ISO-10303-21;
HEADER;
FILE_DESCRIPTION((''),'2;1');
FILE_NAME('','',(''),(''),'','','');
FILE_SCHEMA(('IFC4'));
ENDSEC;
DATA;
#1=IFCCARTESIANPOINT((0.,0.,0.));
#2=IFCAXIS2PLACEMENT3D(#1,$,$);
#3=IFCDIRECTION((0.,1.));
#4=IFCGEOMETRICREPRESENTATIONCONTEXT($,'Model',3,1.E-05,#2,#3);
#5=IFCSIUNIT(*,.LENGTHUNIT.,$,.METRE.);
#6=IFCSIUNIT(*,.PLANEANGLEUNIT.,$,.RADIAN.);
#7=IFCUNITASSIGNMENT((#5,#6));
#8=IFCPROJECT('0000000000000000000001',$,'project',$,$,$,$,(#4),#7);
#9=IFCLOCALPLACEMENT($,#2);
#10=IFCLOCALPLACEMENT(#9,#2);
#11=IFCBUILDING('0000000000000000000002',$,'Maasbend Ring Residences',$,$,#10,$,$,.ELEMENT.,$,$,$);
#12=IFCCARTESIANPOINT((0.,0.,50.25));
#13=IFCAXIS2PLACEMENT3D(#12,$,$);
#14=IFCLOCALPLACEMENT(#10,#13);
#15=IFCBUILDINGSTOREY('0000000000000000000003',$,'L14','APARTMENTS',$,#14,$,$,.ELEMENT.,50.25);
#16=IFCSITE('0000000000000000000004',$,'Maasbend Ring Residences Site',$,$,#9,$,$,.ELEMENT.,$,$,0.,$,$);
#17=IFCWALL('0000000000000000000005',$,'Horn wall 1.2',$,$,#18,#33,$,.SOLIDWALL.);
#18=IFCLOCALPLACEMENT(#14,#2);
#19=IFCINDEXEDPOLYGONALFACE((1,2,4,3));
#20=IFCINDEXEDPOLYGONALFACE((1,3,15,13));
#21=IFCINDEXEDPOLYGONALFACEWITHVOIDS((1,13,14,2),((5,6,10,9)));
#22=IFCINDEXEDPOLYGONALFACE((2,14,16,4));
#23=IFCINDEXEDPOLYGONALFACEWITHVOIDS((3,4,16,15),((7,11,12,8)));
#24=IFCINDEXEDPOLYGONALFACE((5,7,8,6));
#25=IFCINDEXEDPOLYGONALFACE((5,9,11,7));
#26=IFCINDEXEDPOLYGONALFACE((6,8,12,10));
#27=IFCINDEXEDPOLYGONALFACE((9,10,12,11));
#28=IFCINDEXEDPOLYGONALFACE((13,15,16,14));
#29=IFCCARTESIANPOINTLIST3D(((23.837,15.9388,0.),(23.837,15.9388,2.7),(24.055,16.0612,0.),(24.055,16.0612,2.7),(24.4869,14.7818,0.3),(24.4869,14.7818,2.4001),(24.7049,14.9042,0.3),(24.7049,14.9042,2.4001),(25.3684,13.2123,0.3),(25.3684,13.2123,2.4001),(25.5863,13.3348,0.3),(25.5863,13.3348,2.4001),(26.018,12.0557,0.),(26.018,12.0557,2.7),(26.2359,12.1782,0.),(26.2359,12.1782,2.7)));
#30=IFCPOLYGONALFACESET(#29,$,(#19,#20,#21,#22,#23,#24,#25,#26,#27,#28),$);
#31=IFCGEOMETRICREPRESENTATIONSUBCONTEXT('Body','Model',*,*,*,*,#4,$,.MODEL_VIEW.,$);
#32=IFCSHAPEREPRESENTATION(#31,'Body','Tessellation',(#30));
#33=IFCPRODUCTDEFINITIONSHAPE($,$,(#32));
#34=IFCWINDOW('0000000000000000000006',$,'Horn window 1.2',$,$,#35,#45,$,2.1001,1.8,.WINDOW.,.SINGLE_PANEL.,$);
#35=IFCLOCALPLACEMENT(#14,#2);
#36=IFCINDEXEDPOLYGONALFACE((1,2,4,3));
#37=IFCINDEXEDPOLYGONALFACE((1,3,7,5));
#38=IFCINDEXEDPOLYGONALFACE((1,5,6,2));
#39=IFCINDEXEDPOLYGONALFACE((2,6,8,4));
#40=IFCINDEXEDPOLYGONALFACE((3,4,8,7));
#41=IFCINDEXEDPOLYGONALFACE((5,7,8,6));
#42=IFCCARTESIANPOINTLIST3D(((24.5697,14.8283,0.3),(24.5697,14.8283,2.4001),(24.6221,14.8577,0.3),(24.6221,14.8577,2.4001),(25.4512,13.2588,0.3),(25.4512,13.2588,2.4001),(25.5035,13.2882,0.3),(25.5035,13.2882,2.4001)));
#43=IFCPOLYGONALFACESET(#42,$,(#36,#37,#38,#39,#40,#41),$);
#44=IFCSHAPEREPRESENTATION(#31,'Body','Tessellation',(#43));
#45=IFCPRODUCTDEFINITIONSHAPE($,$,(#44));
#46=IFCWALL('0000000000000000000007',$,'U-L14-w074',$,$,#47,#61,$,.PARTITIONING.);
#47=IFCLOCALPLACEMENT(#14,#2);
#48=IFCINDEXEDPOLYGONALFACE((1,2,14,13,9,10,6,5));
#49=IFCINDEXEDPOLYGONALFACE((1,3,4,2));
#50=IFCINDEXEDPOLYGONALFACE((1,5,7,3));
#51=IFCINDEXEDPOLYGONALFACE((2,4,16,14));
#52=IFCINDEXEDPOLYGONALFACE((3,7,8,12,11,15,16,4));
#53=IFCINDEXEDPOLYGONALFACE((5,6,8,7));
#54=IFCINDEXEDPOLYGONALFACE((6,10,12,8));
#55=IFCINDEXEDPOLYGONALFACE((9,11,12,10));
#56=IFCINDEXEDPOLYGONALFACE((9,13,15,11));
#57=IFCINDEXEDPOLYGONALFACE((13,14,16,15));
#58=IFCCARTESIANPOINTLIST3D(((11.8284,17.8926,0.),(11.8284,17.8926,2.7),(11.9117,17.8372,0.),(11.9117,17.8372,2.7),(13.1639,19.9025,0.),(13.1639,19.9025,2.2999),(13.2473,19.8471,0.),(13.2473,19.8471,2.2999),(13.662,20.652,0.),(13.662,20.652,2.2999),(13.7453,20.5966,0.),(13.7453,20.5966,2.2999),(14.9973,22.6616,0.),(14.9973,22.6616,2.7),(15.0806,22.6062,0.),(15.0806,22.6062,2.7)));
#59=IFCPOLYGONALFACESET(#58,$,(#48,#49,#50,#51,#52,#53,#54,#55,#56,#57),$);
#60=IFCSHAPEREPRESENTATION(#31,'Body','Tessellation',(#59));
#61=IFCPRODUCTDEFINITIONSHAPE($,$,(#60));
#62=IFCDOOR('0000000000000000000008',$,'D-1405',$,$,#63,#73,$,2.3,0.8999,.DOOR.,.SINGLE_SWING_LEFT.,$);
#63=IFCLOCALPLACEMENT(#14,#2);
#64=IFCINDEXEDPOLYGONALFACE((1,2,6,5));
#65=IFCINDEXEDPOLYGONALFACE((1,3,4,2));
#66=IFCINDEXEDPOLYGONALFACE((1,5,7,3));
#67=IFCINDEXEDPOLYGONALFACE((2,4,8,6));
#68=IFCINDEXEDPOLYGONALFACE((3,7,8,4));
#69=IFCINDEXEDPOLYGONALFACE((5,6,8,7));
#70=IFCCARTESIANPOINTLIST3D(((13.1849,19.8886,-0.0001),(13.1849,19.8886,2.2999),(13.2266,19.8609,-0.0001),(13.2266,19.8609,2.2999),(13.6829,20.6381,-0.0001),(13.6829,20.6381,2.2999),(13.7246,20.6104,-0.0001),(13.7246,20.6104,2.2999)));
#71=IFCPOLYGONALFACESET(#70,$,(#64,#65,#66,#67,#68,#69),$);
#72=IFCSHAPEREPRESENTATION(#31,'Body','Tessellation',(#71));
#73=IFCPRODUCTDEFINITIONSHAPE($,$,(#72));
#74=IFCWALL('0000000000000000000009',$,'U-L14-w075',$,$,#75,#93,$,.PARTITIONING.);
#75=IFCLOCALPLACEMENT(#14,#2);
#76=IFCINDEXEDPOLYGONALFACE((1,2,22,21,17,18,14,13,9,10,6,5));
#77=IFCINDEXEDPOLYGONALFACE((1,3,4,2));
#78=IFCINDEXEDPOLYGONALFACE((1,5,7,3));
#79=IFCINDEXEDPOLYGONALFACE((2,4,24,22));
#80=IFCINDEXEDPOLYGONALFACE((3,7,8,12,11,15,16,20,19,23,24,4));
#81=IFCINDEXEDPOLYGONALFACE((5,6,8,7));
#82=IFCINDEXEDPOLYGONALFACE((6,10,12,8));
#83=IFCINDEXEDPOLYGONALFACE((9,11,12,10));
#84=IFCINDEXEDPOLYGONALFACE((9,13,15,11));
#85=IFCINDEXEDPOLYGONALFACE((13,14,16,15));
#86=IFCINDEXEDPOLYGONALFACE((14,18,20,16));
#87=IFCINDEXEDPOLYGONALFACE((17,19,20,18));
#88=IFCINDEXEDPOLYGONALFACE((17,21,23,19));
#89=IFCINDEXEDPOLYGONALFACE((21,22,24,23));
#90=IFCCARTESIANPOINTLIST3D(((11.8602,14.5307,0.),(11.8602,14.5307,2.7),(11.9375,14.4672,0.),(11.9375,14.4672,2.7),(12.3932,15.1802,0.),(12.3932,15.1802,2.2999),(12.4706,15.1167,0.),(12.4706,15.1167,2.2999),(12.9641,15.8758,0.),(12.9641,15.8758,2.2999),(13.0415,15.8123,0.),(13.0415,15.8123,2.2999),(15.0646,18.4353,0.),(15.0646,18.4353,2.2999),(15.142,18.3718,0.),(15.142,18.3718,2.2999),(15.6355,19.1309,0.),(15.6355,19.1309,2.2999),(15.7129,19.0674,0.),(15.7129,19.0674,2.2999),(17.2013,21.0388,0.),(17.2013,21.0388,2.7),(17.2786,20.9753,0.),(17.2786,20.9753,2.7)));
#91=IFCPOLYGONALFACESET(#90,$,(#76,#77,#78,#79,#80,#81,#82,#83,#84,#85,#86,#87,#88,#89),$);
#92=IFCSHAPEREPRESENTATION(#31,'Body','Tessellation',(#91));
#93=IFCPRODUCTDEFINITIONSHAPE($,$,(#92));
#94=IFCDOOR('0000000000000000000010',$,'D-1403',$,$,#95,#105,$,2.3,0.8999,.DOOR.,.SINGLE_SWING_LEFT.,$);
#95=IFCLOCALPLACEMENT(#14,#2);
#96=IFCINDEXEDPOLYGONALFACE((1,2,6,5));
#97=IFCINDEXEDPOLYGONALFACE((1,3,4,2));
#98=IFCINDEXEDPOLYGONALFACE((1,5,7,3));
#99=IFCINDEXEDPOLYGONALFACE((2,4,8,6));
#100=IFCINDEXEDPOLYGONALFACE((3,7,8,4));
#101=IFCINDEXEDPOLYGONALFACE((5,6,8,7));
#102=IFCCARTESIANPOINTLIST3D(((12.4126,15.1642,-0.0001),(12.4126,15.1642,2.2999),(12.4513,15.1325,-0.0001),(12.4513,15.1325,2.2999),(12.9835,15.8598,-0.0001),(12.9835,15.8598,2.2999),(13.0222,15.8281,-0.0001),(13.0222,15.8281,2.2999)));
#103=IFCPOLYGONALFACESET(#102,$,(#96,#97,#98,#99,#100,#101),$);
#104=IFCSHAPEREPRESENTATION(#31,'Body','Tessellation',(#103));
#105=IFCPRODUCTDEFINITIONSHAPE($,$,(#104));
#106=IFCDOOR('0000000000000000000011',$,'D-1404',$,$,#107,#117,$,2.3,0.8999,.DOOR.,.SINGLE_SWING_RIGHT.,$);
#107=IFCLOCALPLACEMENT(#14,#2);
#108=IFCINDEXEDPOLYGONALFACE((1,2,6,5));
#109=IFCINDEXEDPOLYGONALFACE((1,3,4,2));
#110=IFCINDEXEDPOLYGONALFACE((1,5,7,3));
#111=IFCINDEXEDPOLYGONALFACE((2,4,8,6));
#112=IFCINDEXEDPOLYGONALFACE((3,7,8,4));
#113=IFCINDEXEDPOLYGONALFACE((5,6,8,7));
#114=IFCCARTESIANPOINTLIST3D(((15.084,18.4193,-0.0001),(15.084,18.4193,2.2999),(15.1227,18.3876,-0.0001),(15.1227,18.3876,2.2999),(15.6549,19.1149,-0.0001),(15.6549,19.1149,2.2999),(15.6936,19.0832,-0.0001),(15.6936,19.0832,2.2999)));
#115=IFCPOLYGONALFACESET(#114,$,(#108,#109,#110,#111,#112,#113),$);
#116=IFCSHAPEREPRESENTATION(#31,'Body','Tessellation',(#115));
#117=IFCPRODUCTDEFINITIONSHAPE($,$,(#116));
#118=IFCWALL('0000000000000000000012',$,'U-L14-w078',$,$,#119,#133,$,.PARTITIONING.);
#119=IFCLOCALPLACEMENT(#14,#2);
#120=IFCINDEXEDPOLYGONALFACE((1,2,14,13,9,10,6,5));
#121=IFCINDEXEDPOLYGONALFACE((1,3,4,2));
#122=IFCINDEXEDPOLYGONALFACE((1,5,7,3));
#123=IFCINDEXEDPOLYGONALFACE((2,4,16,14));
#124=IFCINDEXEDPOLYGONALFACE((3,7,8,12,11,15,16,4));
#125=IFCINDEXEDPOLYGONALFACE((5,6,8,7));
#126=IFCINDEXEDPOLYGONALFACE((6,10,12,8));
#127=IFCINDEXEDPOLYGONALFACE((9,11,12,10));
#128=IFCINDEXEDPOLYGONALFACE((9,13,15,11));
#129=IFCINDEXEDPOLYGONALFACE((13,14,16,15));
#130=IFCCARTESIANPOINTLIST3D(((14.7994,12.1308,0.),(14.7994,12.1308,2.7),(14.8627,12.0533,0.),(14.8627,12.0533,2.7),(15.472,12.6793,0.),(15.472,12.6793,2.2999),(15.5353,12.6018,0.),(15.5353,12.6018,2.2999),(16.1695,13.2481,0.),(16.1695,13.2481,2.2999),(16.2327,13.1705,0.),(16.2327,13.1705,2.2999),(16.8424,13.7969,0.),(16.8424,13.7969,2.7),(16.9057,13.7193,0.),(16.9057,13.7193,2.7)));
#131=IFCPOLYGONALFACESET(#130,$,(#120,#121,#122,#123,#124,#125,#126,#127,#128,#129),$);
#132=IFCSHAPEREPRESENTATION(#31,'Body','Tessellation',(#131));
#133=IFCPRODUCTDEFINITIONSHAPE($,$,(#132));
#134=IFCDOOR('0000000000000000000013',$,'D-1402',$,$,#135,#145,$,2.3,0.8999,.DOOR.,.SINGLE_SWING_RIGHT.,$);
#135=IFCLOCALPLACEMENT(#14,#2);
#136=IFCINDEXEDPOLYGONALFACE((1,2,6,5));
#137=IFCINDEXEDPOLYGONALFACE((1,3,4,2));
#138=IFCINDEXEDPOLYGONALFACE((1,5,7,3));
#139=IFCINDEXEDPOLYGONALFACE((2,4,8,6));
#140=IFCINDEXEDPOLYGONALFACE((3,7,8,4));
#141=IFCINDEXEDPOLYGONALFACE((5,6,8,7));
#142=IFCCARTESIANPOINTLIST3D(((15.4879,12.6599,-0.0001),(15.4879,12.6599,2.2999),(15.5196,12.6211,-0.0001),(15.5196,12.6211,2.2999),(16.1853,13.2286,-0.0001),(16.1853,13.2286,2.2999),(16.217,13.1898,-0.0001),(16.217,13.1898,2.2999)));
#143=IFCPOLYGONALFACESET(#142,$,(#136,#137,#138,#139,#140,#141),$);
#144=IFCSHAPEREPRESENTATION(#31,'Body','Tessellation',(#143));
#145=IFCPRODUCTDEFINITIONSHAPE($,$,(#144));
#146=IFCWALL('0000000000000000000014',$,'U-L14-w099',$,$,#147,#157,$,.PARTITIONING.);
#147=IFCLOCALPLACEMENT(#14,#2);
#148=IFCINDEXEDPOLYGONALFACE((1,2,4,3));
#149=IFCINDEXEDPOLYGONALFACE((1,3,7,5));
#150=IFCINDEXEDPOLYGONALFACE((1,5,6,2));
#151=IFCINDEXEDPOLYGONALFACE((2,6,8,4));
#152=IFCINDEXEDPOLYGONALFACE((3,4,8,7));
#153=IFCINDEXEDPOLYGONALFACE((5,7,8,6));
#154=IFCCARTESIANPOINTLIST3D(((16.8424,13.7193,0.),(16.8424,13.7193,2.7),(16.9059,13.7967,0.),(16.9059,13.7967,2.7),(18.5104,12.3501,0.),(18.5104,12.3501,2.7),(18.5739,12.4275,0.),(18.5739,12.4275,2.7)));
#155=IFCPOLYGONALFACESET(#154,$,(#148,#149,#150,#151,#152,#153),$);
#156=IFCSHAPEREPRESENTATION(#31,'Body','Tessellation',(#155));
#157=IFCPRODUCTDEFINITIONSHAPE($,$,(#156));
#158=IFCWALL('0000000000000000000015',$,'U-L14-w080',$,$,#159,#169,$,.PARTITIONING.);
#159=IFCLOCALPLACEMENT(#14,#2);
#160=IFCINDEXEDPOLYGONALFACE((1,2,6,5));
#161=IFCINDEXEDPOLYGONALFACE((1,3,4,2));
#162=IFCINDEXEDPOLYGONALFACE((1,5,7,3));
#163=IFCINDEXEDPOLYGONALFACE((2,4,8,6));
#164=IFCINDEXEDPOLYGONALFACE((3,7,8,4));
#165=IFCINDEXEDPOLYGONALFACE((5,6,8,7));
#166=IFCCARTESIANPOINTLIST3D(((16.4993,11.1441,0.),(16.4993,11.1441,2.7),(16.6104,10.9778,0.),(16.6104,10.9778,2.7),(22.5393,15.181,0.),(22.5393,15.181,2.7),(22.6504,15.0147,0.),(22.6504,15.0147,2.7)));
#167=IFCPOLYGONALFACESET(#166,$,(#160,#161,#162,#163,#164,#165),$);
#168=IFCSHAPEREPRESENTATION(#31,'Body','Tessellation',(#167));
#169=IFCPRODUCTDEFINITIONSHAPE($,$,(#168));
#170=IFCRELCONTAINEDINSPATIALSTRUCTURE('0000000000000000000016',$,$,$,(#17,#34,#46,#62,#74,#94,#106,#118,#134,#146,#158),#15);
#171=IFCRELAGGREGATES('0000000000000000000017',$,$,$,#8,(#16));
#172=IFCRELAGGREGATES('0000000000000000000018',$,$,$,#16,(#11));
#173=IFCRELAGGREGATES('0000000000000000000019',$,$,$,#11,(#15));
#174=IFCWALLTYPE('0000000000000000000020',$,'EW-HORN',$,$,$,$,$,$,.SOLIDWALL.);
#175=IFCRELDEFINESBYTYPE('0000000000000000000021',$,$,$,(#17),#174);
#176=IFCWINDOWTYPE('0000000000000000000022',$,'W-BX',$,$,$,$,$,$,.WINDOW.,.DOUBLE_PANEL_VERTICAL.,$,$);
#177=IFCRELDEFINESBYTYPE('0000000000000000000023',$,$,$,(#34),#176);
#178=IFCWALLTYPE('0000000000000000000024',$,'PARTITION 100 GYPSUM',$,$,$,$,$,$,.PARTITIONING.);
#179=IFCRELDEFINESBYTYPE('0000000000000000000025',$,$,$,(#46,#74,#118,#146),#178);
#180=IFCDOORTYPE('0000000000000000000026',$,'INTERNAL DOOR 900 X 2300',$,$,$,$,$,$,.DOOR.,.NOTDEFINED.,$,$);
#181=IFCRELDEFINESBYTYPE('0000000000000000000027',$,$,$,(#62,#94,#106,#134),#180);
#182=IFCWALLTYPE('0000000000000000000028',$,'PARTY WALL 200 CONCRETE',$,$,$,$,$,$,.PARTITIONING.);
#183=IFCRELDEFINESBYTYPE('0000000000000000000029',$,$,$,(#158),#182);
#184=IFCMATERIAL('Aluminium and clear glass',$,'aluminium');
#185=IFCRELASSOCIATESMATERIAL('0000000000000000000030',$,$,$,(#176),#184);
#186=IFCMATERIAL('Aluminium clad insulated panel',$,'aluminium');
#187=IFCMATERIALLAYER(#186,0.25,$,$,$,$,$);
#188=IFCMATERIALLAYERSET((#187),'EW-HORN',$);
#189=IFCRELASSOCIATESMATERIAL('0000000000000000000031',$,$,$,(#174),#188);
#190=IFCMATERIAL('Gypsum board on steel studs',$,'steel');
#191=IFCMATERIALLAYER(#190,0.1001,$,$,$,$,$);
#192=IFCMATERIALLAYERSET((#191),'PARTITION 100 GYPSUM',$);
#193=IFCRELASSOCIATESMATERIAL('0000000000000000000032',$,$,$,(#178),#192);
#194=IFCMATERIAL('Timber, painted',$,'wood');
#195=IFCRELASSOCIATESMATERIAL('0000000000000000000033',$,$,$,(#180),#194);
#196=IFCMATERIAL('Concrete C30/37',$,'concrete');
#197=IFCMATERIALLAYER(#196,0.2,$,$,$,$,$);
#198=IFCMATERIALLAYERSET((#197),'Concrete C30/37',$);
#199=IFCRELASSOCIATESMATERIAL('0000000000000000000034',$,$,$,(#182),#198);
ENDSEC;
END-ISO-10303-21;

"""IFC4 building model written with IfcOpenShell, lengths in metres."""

from ifc_helpers import new_model, si_unit, direction, frame, frame_2d, origin, place, context, subcontext, project, spatial, rectangle, extrude, material, layer, layer_set, type_object, element, fill, save


model = new_model("IFC4")

# Units and contexts
model_context = context("Model", 3, precision=1e-05, world=origin(), true_north=direction((0.0, 1.0)))
body_context = subcontext(model_context, "Body", "Model", "MODEL_VIEW")
ifc_project = project(units=[si_unit("LENGTHUNIT", "METRE"), si_unit("PLANEANGLEUNIT", "RADIAN")], contexts=[model_context])

# Site, building, storey
site_placement = place(None, origin())
site = spatial("IfcSite", under=ifc_project, at=site_placement, Name="Maasbend Ring Residences Site", CompositionType="ELEMENT", RefElevation=0.0)
building_placement = place(site_placement, origin())
building = spatial("IfcBuilding", under=site, at=building_placement, Name="Maasbend Ring Residences", CompositionType="ELEMENT")
storey_placement = place(building_placement, frame((0.0, 0.0, 50.25)))
storey = spatial("IfcBuildingStorey", under=building, at=storey_placement, Name="L14", Description="APARTMENTS", CompositionType="ELEMENT", Elevation=50.25)

# Shared definitions
ifc_material_1 = material(Name="Aluminium and clear glass", Category="aluminium")
window_type = type_object("IfcWindowType", Name="W-BX", PartitioningType="DOUBLE_PANEL_VERTICAL", PredefinedType="WINDOW", material=ifc_material_1)

# Wall, opening, window
ifc_material_2 = material(Name="Aluminium clad insulated panel", Category="aluminium")
ifc_layer_1 = layer(ifc_material_2, 0.25)
ifc_layer_set_1 = layer_set([ifc_layer_1], Name="EW-HORN")
wall_type_1 = type_object("IfcWallType", Name="EW-HORN", PredefinedType="SOLIDWALL", material=ifc_layer_set_1)
wall_1_placement = place(storey_placement, frame((26.127, 12.1169, 0.0), z_axis=(0.0, 0.0, 1.0), x_axis=(-0.489696, 0.871893, 0.0)))
wall_1 = element("IfcWall", 1, at=wall_1_placement, inside=storey, type_object=wall_type_1, Name="Horn wall 1.2", PredefinedType="SOLIDWALL", context=body_context, shape_type="SweptSolid", body=[
    extrude(rectangle(XDim=4.4536, YDim=0.25, at=frame_2d((2.2268, 0.0))), origin(), (0.0, 0.0, 1.0), 2.7),
])
opening_1_placement = place(wall_1_placement, frame((1.3267, 0.0, 0.3)))
opening_1 = element("IfcOpeningElement", 2, at=opening_1_placement, cuts=wall_1, PredefinedType="OPENING", context=body_context, shape_type="SweptSolid", body=[
    extrude(rectangle(XDim=1.8, YDim=2.1001, at=frame_2d((0.8999, 1.05))), frame((0.0, 0.135, 0.0), z_axis=(0.0, -1.0, 0.0), x_axis=(1.0, 0.0, 0.0)), (0.0, 0.0, 1.0), 0.27),
])
window_1_placement = place(opening_1_placement, origin())
window_1 = element("IfcWindow", 3, at=window_1_placement, inside=storey, type_object=window_type, Name="Horn window 1.2", OverallHeight=2.1001, OverallWidth=1.8, PartitioningType="SINGLE_PANEL", PredefinedType="WINDOW", context=body_context, shape_type="SweptSolid", body=[
    extrude(rectangle(XDim=1.8, YDim=2.1001, at=frame_2d((0.8999, 1.05))), frame((0.0, 0.03, 0.0), z_axis=(0.0, -1.0, 0.0), x_axis=(1.0, 0.0, 0.0)), (0.0, 0.0, 1.0), 0.0601),
])
fill(opening_1, window_1)

# Wall, opening, door
ifc_material_3 = material(Name="Gypsum board on steel studs", Category="steel")
ifc_layer_2 = layer(ifc_material_3, 0.1001)
ifc_layer_set_2 = layer_set([ifc_layer_2], Name="PARTITION 100 GYPSUM")
wall_type_2 = type_object("IfcWallType", Name="PARTITION 100 GYPSUM", PredefinedType="PARTITIONING", material=ifc_layer_set_2)
wall_2_placement = place(storey_placement, frame((11.8701, 17.865, 0.0), z_axis=(0.0, 0.0, 1.0), x_axis=(0.55344, 0.832889, 0.0)))
wall_2 = element("IfcWall", 4, at=wall_2_placement, inside=storey, type_object=wall_type_2, Name="U-L14-w074", PredefinedType="PARTITIONING", context=body_context, shape_type="SweptSolid", body=[
    extrude(rectangle(XDim=5.7258, YDim=0.1001, at=frame_2d((2.8628, 0.0))), origin(), (0.0, 0.0, 1.0), 2.7),
])
opening_2_placement = place(wall_2_placement, frame((2.4131, 0.0, 0.0)))
opening_2 = element("IfcOpeningElement", 5, at=opening_2_placement, cuts=wall_2, PredefinedType="OPENING", context=body_context, shape_type="SweptSolid", body=[
    extrude(rectangle(XDim=0.8999, YDim=2.3, at=frame_2d((0.45, 1.1499))), frame((0.0, 0.0601, 0.0), z_axis=(0.0, -1.0, 0.0), x_axis=(1.0, 0.0, 0.0)), (0.0, 0.0, 1.0), 0.1201),
])
ifc_material_4 = material(Name="Timber, painted", Category="wood")
door_type_1 = type_object("IfcDoorType", Name="INTERNAL DOOR 900 X 2300", OperationType="NOTDEFINED", PredefinedType="DOOR", material=ifc_material_4)
door_1_placement = place(opening_2_placement, origin())
door_1 = element("IfcDoor", 6, at=door_1_placement, inside=storey, type_object=door_type_1, Name="D-1405", OperationType="SINGLE_SWING_LEFT", OverallHeight=2.3, OverallWidth=0.8999, PredefinedType="DOOR", context=body_context, shape_type="SweptSolid", body=[
    extrude(rectangle(XDim=0.8999, YDim=2.3, at=frame_2d((0.45, 1.1499))), frame((0.0, 0.0249, 0.0), z_axis=(0.0, -1.0, 0.0), x_axis=(1.0, 0.0, 0.0)), (0.0, 0.0, 1.0), 0.05),
])
fill(opening_2, door_1)

# Wall, openings, doors
wall_3_placement = place(storey_placement, frame((11.8989, 14.499, 0.0), z_axis=(0.0, 0.0, 1.0), x_axis=(0.634396, 0.773008, 0.0)))
wall_3 = element("IfcWall", 7, at=wall_3_placement, inside=storey, type_object=wall_type_2, Name="U-L14-w075", PredefinedType="PARTITIONING", context=body_context, shape_type="SweptSolid", body=[
    extrude(rectangle(XDim=8.4192, YDim=0.1001, at=frame_2d((4.2095, 0.0))), origin(), (0.0, 0.0, 1.0), 2.7),
])
opening_3_placement = place(wall_3_placement, frame((0.8401, 0.0, 0.0)))
opening_3 = element("IfcOpeningElement", 8, at=opening_3_placement, cuts=wall_3, PredefinedType="OPENING", context=body_context, shape_type="SweptSolid", body=[
    extrude(rectangle(XDim=0.8999, YDim=2.3, at=frame_2d((0.45, 1.1499))), frame((0.0, 0.0601, 0.0), z_axis=(0.0, -1.0, 0.0), x_axis=(1.0, 0.0, 0.0)), (0.0, 0.0, 1.0), 0.1201),
])
opening_4_placement = place(wall_3_placement, frame((5.051, 0.0, 0.0)))
opening_4 = element("IfcOpeningElement", 9, at=opening_4_placement, cuts=wall_3, PredefinedType="OPENING", context=body_context, shape_type="SweptSolid", body=[
    extrude(rectangle(XDim=0.8999, YDim=2.3, at=frame_2d((0.45, 1.1499))), frame((0.0, 0.0601, 0.0), z_axis=(0.0, -1.0, 0.0), x_axis=(1.0, 0.0, 0.0)), (0.0, 0.0, 1.0), 0.1201),
])
door_2_placement = place(opening_3_placement, origin())
door_2 = element("IfcDoor", 10, at=door_2_placement, inside=storey, type_object=door_type_1, Name="D-1403", OperationType="SINGLE_SWING_LEFT", OverallHeight=2.3, OverallWidth=0.8999, PredefinedType="DOOR", context=body_context, shape_type="SweptSolid", body=[
    extrude(rectangle(XDim=0.8999, YDim=2.3, at=frame_2d((0.45, 1.1499))), frame((0.0, 0.0249, 0.0), z_axis=(0.0, -1.0, 0.0), x_axis=(1.0, 0.0, 0.0)), (0.0, 0.0, 1.0), 0.05),
])
fill(opening_3, door_2)
door_3_placement = place(opening_4_placement, origin())
door_3 = element("IfcDoor", 11, at=door_3_placement, inside=storey, type_object=door_type_1, Name="D-1404", OperationType="SINGLE_SWING_RIGHT", OverallHeight=2.3, OverallWidth=0.8999, PredefinedType="DOOR", context=body_context, shape_type="SweptSolid", body=[
    extrude(rectangle(XDim=0.8999, YDim=2.3, at=frame_2d((0.45, 1.1499))), frame((0.0, 0.0249, 0.0), z_axis=(0.0, -1.0, 0.0), x_axis=(1.0, 0.0, 0.0)), (0.0, 0.0, 1.0), 0.05),
])
fill(opening_4, door_3)

# Wall, opening, door
wall_4_placement = place(storey_placement, frame((14.8311, 12.092, 0.0), z_axis=(0.0, 0.0, 1.0), x_axis=(0.77498, 0.631986, 0.0)))
wall_4 = element("IfcWall", 12, at=wall_4_placement, inside=storey, type_object=wall_type_2, Name="U-L14-w078", PredefinedType="PARTITIONING", context=body_context, shape_type="SweptSolid", body=[
    extrude(rectangle(XDim=2.6362, YDim=0.1001, at=frame_2d((1.3181, 0.0))), origin(), (0.0, 0.0, 1.0), 2.7),
])
opening_5_placement = place(wall_4_placement, frame((0.8679, 0.0, 0.0)))
opening_5 = element("IfcOpeningElement", 13, at=opening_5_placement, cuts=wall_4, PredefinedType="OPENING", context=body_context, shape_type="SweptSolid", body=[
    extrude(rectangle(XDim=0.8999, YDim=2.3, at=frame_2d((0.45, 1.1499))), frame((0.0, 0.0601, 0.0), z_axis=(0.0, -1.0, 0.0), x_axis=(1.0, 0.0, 0.0)), (0.0, 0.0, 1.0), 0.1201),
])
door_4_placement = place(opening_5_placement, origin())
door_4 = element("IfcDoor", 14, at=door_4_placement, inside=storey, type_object=door_type_1, Name="D-1402", OperationType="SINGLE_SWING_RIGHT", OverallHeight=2.3, OverallWidth=0.8999, PredefinedType="DOOR", context=body_context, shape_type="SweptSolid", body=[
    extrude(rectangle(XDim=0.8999, YDim=2.3, at=frame_2d((0.45, 1.1499))), frame((0.0, 0.0249, 0.0), z_axis=(0.0, -1.0, 0.0), x_axis=(1.0, 0.0, 0.0)), (0.0, 0.0, 1.0), 0.05),
])
fill(opening_5, door_4)

# Walls
wall_5_placement = place(storey_placement, frame((16.874, 13.7581, 0.0), z_axis=(0.0, 0.0, 1.0), x_axis=(0.772948, -0.634469, 0.0)))
element("IfcWall", 15, at=wall_5_placement, inside=storey, type_object=wall_type_2, Name="U-L14-w099", PredefinedType="PARTITIONING", context=body_context, shape_type="SweptSolid", body=[
    extrude(rectangle(XDim=2.158, YDim=0.1001, at=frame_2d((1.0791, 0.0))), origin(), (0.0, 0.0, 1.0), 2.7),
])
ifc_material_5 = material(Name="Concrete C30/37", Category="concrete")
ifc_layer_3 = layer(ifc_material_5, 0.2)
ifc_layer_set_3 = layer_set([ifc_layer_3], Name="Concrete C30/37")
wall_type_3 = type_object("IfcWallType", Name="PARTY WALL 200 CONCRETE", PredefinedType="PARTITIONING", material=ifc_layer_set_3)
wall_6_placement = place(storey_placement, frame((16.5549, 11.061, 0.0), z_axis=(0.0, 0.0, 1.0), x_axis=(0.831403, 0.555669, 0.0)))
element("IfcWall", 16, at=wall_6_placement, inside=storey, type_object=wall_type_3, Name="U-L14-w080", PredefinedType="PARTITIONING", context=body_context, shape_type="SweptSolid", body=[
    extrude(rectangle(XDim=7.2649, YDim=0.2, at=frame_2d((3.6323, 0.0))), origin(), (0.0, 0.0, 1.0), 2.7),
])

save(model, "model.ifc")
